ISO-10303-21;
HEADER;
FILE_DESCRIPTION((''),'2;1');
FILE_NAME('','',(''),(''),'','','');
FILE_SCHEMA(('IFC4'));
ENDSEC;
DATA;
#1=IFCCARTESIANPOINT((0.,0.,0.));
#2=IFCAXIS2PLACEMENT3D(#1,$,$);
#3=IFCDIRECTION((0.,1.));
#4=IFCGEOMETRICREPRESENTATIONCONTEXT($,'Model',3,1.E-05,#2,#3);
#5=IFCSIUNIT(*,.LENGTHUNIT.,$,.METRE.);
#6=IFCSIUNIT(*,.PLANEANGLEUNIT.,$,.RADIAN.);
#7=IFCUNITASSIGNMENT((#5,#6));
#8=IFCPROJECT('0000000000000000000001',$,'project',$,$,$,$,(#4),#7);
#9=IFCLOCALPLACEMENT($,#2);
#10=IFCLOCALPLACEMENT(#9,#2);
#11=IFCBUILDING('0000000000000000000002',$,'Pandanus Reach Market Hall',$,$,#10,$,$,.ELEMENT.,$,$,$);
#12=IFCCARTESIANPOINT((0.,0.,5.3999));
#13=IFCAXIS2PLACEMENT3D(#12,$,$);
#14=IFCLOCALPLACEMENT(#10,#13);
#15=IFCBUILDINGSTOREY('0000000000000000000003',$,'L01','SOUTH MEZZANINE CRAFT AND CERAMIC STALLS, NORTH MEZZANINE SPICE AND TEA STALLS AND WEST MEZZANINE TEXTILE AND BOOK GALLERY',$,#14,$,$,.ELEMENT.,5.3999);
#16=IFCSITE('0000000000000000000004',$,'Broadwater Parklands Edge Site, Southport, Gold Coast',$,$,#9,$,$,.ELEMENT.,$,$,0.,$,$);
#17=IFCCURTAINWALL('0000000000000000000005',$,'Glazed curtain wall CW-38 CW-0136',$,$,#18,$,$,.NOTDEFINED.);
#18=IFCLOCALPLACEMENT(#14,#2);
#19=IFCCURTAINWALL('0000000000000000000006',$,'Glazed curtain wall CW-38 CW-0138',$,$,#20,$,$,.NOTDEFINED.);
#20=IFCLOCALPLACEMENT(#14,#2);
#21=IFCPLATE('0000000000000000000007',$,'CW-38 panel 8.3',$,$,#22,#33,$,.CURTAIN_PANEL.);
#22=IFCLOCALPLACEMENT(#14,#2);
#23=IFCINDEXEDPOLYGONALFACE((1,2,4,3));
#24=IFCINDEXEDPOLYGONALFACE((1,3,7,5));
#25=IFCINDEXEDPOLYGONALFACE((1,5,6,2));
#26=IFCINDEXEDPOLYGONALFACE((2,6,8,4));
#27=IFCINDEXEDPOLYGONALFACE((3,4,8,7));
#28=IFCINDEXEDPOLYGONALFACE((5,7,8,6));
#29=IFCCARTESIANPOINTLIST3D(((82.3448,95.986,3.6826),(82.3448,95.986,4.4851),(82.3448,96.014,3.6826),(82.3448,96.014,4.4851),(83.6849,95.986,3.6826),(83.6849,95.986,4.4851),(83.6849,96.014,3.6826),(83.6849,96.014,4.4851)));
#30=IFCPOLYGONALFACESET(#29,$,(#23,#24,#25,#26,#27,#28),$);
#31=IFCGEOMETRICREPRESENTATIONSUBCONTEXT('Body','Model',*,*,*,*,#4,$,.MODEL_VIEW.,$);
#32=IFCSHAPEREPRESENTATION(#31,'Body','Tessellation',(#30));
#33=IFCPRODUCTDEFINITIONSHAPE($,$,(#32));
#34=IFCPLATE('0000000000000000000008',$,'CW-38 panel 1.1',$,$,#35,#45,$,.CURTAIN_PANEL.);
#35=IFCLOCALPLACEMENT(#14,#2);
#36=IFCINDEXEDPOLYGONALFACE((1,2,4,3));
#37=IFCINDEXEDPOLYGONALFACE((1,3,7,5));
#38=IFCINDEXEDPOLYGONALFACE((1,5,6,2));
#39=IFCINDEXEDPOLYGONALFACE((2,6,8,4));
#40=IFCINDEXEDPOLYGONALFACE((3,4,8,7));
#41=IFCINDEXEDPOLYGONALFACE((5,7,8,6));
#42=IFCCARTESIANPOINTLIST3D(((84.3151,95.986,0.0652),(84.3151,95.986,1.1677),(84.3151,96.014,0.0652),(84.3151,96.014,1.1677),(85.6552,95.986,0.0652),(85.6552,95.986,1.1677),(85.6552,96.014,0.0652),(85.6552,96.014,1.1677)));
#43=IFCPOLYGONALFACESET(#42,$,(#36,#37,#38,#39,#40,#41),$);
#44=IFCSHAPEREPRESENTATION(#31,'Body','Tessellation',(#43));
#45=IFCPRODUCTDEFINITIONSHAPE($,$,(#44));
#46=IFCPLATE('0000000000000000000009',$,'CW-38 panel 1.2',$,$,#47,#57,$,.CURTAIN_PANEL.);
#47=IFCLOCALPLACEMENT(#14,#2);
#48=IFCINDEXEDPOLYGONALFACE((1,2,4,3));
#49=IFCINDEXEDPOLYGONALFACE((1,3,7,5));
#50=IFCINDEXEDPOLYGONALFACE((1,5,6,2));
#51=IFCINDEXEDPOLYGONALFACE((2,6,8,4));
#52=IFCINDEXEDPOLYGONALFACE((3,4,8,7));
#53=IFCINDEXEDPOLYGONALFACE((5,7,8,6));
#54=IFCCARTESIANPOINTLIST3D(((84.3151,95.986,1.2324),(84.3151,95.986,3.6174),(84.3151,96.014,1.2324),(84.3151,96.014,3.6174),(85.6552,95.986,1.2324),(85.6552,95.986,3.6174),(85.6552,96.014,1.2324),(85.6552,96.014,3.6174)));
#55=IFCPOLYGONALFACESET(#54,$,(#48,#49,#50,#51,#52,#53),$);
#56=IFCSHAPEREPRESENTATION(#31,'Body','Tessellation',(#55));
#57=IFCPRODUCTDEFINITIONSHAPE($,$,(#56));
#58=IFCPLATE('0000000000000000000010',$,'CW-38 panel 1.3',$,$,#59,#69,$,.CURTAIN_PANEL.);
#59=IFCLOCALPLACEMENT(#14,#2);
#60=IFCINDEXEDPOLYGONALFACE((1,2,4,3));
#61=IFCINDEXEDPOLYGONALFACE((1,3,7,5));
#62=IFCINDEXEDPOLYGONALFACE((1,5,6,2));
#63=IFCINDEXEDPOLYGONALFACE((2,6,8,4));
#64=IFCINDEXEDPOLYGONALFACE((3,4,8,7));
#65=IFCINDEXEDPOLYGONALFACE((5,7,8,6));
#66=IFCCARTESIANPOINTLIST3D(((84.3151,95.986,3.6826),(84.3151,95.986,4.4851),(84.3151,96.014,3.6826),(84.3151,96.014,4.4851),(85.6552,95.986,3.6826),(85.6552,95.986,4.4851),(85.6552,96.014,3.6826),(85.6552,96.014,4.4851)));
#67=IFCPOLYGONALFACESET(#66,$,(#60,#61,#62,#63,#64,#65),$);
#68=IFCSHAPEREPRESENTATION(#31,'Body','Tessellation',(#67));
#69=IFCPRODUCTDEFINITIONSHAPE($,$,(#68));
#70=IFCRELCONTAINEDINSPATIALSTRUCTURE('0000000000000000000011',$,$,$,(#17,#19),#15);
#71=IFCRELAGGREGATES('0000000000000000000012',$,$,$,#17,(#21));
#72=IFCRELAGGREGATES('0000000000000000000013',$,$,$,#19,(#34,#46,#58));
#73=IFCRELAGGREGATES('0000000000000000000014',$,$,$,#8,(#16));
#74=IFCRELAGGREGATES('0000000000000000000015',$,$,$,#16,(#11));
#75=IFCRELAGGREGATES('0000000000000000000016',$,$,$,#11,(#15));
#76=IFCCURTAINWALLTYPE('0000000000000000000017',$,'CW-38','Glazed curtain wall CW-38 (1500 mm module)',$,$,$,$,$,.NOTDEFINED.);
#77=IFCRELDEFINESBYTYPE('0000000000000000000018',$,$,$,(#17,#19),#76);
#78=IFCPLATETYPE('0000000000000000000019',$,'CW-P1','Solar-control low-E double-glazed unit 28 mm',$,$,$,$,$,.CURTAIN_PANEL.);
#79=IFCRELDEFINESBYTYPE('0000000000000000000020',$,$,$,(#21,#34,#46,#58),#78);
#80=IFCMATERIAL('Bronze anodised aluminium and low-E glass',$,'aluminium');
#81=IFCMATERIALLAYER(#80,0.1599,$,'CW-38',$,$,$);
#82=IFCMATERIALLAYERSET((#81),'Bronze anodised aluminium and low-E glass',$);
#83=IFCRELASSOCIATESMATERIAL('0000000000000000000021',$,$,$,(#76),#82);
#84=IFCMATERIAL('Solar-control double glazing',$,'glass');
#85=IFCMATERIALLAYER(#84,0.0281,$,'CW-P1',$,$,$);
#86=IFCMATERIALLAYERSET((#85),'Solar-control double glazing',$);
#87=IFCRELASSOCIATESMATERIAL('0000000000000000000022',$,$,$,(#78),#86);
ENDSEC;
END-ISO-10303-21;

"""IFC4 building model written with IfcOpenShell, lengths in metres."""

from ifc_helpers import new_model, si_unit, direction, frame, origin, origin_2d, place, context, subcontext, project, spatial, rectangle, extrude, material, layer, layer_set, type_object, element, aggregate, save


model = new_model("IFC4")

# Units and contexts
model_context = context("Model", 3, precision=1e-05, world=origin(), true_north=direction((0.0, 1.0)))
body_context = subcontext(model_context, "Body", "Model", "MODEL_VIEW")
ifc_project = project(units=[si_unit("LENGTHUNIT", "METRE"), si_unit("PLANEANGLEUNIT", "RADIAN")], contexts=[model_context])

# Site, building, storey
site_placement = place(None, origin())
site = spatial("IfcSite", under=ifc_project, at=site_placement, Name="Broadwater Parklands Edge Site, Southport, Gold Coast", CompositionType="ELEMENT", RefElevation=0.0)
building_placement = place(site_placement, origin())
building = spatial("IfcBuilding", under=site, at=building_placement, Name="Pandanus Reach Market Hall", CompositionType="ELEMENT")
storey_placement = place(building_placement, frame((0.0, 0.0, 5.3999)))
storey = spatial("IfcBuildingStorey", under=building, at=storey_placement, Name="L01", Description="SOUTH MEZZANINE CRAFT AND CERAMIC STALLS, NORTH MEZZANINE SPICE AND TEA STALLS AND WEST MEZZANINE TEXTILE AND BOOK GALLERY", CompositionType="ELEMENT", Elevation=5.3999)

# Curtain walls
ifc_material_1 = material(Name="Bronze anodised aluminium and low-E glass", Category="aluminium")
ifc_layer_1 = layer(ifc_material_1, 0.1599, Name="CW-38")
ifc_layer_set_1 = layer_set([ifc_layer_1], Name="Bronze anodised aluminium and low-E glass")
curtain_wall_type = type_object("IfcCurtainWallType", Name="CW-38", Description="Glazed curtain wall CW-38 (1500 mm module)", PredefinedType="NOTDEFINED", material=ifc_layer_set_1)
curtain_wall_1_placement = place(storey_placement, origin())
curtain_wall_1 = element("IfcCurtainWall", 1, at=curtain_wall_1_placement, inside=storey, type_object=curtain_wall_type, Name="Glazed curtain wall CW-38 CW-0136", PredefinedType="NOTDEFINED")
curtain_wall_2_placement = place(storey_placement, origin())
curtain_wall_2 = element("IfcCurtainWall", 2, at=curtain_wall_2_placement, inside=storey, type_object=curtain_wall_type, Name="Glazed curtain wall CW-38 CW-0138", PredefinedType="NOTDEFINED")

# Plates
ifc_material_2 = material(Name="Solar-control double glazing", Category="glass")
ifc_layer_2 = layer(ifc_material_2, 0.0281, Name="CW-P1")
ifc_layer_set_2 = layer_set([ifc_layer_2], Name="Solar-control double glazing")
plate_type = type_object("IfcPlateType", Name="CW-P1", Description="Solar-control low-E double-glazed unit 28 mm", PredefinedType="CURTAIN_PANEL", material=ifc_layer_set_2)
plate_1_placement = place(storey_placement, frame((83.0149, 96.0, 3.6826), z_axis=(0.0, 0.0, 1.0), x_axis=(1.0, 0.0, 0.0)))
plate_1 = element("IfcPlate", 3, at=plate_1_placement, type_object=plate_type, Name="CW-38 panel 8.3", PredefinedType="CURTAIN_PANEL", context=body_context, shape_type="SweptSolid", body=[
    extrude(rectangle(XDim=1.3401, YDim=0.0281, at=origin_2d()), origin(), (0.0, 0.0, 1.0), 0.8025),
])
aggregate(curtain_wall_1, [plate_1])
plate_2_placement = place(storey_placement, frame((84.9851, 96.0, 0.0652), z_axis=(0.0, 0.0, 1.0), x_axis=(1.0, 0.0, 0.0)))
plate_2 = element("IfcPlate", 4, at=plate_2_placement, type_object=plate_type, Name="CW-38 panel 1.1", PredefinedType="CURTAIN_PANEL", context=body_context, shape_type="SweptSolid", body=[
    extrude(rectangle(XDim=1.3401, YDim=0.0281, at=origin_2d()), origin(), (0.0, 0.0, 1.0), 1.1025),
])
plate_3_placement = place(storey_placement, frame((84.9851, 96.0, 1.2324), z_axis=(0.0, 0.0, 1.0), x_axis=(1.0, 0.0, 0.0)))
plate_3 = element("IfcPlate", 5, at=plate_3_placement, type_object=plate_type, Name="CW-38 panel 1.2", PredefinedType="CURTAIN_PANEL", context=body_context, shape_type="SweptSolid", body=[
    extrude(rectangle(XDim=1.3401, YDim=0.0281, at=origin_2d()), origin(), (0.0, 0.0, 1.0), 2.385),
])
plate_4_placement = place(storey_placement, frame((84.9851, 96.0, 3.6826), z_axis=(0.0, 0.0, 1.0), x_axis=(1.0, 0.0, 0.0)))
plate_4 = element("IfcPlate", 6, at=plate_4_placement, type_object=plate_type, Name="CW-38 panel 1.3", PredefinedType="CURTAIN_PANEL", context=body_context, shape_type="SweptSolid", body=[
    extrude(rectangle(XDim=1.3401, YDim=0.0281, at=origin_2d()), origin(), (0.0, 0.0, 1.0), 0.8025),
])
aggregate(curtain_wall_2, [plate_2, plate_3, plate_4])

save(model, "model.ifc")
